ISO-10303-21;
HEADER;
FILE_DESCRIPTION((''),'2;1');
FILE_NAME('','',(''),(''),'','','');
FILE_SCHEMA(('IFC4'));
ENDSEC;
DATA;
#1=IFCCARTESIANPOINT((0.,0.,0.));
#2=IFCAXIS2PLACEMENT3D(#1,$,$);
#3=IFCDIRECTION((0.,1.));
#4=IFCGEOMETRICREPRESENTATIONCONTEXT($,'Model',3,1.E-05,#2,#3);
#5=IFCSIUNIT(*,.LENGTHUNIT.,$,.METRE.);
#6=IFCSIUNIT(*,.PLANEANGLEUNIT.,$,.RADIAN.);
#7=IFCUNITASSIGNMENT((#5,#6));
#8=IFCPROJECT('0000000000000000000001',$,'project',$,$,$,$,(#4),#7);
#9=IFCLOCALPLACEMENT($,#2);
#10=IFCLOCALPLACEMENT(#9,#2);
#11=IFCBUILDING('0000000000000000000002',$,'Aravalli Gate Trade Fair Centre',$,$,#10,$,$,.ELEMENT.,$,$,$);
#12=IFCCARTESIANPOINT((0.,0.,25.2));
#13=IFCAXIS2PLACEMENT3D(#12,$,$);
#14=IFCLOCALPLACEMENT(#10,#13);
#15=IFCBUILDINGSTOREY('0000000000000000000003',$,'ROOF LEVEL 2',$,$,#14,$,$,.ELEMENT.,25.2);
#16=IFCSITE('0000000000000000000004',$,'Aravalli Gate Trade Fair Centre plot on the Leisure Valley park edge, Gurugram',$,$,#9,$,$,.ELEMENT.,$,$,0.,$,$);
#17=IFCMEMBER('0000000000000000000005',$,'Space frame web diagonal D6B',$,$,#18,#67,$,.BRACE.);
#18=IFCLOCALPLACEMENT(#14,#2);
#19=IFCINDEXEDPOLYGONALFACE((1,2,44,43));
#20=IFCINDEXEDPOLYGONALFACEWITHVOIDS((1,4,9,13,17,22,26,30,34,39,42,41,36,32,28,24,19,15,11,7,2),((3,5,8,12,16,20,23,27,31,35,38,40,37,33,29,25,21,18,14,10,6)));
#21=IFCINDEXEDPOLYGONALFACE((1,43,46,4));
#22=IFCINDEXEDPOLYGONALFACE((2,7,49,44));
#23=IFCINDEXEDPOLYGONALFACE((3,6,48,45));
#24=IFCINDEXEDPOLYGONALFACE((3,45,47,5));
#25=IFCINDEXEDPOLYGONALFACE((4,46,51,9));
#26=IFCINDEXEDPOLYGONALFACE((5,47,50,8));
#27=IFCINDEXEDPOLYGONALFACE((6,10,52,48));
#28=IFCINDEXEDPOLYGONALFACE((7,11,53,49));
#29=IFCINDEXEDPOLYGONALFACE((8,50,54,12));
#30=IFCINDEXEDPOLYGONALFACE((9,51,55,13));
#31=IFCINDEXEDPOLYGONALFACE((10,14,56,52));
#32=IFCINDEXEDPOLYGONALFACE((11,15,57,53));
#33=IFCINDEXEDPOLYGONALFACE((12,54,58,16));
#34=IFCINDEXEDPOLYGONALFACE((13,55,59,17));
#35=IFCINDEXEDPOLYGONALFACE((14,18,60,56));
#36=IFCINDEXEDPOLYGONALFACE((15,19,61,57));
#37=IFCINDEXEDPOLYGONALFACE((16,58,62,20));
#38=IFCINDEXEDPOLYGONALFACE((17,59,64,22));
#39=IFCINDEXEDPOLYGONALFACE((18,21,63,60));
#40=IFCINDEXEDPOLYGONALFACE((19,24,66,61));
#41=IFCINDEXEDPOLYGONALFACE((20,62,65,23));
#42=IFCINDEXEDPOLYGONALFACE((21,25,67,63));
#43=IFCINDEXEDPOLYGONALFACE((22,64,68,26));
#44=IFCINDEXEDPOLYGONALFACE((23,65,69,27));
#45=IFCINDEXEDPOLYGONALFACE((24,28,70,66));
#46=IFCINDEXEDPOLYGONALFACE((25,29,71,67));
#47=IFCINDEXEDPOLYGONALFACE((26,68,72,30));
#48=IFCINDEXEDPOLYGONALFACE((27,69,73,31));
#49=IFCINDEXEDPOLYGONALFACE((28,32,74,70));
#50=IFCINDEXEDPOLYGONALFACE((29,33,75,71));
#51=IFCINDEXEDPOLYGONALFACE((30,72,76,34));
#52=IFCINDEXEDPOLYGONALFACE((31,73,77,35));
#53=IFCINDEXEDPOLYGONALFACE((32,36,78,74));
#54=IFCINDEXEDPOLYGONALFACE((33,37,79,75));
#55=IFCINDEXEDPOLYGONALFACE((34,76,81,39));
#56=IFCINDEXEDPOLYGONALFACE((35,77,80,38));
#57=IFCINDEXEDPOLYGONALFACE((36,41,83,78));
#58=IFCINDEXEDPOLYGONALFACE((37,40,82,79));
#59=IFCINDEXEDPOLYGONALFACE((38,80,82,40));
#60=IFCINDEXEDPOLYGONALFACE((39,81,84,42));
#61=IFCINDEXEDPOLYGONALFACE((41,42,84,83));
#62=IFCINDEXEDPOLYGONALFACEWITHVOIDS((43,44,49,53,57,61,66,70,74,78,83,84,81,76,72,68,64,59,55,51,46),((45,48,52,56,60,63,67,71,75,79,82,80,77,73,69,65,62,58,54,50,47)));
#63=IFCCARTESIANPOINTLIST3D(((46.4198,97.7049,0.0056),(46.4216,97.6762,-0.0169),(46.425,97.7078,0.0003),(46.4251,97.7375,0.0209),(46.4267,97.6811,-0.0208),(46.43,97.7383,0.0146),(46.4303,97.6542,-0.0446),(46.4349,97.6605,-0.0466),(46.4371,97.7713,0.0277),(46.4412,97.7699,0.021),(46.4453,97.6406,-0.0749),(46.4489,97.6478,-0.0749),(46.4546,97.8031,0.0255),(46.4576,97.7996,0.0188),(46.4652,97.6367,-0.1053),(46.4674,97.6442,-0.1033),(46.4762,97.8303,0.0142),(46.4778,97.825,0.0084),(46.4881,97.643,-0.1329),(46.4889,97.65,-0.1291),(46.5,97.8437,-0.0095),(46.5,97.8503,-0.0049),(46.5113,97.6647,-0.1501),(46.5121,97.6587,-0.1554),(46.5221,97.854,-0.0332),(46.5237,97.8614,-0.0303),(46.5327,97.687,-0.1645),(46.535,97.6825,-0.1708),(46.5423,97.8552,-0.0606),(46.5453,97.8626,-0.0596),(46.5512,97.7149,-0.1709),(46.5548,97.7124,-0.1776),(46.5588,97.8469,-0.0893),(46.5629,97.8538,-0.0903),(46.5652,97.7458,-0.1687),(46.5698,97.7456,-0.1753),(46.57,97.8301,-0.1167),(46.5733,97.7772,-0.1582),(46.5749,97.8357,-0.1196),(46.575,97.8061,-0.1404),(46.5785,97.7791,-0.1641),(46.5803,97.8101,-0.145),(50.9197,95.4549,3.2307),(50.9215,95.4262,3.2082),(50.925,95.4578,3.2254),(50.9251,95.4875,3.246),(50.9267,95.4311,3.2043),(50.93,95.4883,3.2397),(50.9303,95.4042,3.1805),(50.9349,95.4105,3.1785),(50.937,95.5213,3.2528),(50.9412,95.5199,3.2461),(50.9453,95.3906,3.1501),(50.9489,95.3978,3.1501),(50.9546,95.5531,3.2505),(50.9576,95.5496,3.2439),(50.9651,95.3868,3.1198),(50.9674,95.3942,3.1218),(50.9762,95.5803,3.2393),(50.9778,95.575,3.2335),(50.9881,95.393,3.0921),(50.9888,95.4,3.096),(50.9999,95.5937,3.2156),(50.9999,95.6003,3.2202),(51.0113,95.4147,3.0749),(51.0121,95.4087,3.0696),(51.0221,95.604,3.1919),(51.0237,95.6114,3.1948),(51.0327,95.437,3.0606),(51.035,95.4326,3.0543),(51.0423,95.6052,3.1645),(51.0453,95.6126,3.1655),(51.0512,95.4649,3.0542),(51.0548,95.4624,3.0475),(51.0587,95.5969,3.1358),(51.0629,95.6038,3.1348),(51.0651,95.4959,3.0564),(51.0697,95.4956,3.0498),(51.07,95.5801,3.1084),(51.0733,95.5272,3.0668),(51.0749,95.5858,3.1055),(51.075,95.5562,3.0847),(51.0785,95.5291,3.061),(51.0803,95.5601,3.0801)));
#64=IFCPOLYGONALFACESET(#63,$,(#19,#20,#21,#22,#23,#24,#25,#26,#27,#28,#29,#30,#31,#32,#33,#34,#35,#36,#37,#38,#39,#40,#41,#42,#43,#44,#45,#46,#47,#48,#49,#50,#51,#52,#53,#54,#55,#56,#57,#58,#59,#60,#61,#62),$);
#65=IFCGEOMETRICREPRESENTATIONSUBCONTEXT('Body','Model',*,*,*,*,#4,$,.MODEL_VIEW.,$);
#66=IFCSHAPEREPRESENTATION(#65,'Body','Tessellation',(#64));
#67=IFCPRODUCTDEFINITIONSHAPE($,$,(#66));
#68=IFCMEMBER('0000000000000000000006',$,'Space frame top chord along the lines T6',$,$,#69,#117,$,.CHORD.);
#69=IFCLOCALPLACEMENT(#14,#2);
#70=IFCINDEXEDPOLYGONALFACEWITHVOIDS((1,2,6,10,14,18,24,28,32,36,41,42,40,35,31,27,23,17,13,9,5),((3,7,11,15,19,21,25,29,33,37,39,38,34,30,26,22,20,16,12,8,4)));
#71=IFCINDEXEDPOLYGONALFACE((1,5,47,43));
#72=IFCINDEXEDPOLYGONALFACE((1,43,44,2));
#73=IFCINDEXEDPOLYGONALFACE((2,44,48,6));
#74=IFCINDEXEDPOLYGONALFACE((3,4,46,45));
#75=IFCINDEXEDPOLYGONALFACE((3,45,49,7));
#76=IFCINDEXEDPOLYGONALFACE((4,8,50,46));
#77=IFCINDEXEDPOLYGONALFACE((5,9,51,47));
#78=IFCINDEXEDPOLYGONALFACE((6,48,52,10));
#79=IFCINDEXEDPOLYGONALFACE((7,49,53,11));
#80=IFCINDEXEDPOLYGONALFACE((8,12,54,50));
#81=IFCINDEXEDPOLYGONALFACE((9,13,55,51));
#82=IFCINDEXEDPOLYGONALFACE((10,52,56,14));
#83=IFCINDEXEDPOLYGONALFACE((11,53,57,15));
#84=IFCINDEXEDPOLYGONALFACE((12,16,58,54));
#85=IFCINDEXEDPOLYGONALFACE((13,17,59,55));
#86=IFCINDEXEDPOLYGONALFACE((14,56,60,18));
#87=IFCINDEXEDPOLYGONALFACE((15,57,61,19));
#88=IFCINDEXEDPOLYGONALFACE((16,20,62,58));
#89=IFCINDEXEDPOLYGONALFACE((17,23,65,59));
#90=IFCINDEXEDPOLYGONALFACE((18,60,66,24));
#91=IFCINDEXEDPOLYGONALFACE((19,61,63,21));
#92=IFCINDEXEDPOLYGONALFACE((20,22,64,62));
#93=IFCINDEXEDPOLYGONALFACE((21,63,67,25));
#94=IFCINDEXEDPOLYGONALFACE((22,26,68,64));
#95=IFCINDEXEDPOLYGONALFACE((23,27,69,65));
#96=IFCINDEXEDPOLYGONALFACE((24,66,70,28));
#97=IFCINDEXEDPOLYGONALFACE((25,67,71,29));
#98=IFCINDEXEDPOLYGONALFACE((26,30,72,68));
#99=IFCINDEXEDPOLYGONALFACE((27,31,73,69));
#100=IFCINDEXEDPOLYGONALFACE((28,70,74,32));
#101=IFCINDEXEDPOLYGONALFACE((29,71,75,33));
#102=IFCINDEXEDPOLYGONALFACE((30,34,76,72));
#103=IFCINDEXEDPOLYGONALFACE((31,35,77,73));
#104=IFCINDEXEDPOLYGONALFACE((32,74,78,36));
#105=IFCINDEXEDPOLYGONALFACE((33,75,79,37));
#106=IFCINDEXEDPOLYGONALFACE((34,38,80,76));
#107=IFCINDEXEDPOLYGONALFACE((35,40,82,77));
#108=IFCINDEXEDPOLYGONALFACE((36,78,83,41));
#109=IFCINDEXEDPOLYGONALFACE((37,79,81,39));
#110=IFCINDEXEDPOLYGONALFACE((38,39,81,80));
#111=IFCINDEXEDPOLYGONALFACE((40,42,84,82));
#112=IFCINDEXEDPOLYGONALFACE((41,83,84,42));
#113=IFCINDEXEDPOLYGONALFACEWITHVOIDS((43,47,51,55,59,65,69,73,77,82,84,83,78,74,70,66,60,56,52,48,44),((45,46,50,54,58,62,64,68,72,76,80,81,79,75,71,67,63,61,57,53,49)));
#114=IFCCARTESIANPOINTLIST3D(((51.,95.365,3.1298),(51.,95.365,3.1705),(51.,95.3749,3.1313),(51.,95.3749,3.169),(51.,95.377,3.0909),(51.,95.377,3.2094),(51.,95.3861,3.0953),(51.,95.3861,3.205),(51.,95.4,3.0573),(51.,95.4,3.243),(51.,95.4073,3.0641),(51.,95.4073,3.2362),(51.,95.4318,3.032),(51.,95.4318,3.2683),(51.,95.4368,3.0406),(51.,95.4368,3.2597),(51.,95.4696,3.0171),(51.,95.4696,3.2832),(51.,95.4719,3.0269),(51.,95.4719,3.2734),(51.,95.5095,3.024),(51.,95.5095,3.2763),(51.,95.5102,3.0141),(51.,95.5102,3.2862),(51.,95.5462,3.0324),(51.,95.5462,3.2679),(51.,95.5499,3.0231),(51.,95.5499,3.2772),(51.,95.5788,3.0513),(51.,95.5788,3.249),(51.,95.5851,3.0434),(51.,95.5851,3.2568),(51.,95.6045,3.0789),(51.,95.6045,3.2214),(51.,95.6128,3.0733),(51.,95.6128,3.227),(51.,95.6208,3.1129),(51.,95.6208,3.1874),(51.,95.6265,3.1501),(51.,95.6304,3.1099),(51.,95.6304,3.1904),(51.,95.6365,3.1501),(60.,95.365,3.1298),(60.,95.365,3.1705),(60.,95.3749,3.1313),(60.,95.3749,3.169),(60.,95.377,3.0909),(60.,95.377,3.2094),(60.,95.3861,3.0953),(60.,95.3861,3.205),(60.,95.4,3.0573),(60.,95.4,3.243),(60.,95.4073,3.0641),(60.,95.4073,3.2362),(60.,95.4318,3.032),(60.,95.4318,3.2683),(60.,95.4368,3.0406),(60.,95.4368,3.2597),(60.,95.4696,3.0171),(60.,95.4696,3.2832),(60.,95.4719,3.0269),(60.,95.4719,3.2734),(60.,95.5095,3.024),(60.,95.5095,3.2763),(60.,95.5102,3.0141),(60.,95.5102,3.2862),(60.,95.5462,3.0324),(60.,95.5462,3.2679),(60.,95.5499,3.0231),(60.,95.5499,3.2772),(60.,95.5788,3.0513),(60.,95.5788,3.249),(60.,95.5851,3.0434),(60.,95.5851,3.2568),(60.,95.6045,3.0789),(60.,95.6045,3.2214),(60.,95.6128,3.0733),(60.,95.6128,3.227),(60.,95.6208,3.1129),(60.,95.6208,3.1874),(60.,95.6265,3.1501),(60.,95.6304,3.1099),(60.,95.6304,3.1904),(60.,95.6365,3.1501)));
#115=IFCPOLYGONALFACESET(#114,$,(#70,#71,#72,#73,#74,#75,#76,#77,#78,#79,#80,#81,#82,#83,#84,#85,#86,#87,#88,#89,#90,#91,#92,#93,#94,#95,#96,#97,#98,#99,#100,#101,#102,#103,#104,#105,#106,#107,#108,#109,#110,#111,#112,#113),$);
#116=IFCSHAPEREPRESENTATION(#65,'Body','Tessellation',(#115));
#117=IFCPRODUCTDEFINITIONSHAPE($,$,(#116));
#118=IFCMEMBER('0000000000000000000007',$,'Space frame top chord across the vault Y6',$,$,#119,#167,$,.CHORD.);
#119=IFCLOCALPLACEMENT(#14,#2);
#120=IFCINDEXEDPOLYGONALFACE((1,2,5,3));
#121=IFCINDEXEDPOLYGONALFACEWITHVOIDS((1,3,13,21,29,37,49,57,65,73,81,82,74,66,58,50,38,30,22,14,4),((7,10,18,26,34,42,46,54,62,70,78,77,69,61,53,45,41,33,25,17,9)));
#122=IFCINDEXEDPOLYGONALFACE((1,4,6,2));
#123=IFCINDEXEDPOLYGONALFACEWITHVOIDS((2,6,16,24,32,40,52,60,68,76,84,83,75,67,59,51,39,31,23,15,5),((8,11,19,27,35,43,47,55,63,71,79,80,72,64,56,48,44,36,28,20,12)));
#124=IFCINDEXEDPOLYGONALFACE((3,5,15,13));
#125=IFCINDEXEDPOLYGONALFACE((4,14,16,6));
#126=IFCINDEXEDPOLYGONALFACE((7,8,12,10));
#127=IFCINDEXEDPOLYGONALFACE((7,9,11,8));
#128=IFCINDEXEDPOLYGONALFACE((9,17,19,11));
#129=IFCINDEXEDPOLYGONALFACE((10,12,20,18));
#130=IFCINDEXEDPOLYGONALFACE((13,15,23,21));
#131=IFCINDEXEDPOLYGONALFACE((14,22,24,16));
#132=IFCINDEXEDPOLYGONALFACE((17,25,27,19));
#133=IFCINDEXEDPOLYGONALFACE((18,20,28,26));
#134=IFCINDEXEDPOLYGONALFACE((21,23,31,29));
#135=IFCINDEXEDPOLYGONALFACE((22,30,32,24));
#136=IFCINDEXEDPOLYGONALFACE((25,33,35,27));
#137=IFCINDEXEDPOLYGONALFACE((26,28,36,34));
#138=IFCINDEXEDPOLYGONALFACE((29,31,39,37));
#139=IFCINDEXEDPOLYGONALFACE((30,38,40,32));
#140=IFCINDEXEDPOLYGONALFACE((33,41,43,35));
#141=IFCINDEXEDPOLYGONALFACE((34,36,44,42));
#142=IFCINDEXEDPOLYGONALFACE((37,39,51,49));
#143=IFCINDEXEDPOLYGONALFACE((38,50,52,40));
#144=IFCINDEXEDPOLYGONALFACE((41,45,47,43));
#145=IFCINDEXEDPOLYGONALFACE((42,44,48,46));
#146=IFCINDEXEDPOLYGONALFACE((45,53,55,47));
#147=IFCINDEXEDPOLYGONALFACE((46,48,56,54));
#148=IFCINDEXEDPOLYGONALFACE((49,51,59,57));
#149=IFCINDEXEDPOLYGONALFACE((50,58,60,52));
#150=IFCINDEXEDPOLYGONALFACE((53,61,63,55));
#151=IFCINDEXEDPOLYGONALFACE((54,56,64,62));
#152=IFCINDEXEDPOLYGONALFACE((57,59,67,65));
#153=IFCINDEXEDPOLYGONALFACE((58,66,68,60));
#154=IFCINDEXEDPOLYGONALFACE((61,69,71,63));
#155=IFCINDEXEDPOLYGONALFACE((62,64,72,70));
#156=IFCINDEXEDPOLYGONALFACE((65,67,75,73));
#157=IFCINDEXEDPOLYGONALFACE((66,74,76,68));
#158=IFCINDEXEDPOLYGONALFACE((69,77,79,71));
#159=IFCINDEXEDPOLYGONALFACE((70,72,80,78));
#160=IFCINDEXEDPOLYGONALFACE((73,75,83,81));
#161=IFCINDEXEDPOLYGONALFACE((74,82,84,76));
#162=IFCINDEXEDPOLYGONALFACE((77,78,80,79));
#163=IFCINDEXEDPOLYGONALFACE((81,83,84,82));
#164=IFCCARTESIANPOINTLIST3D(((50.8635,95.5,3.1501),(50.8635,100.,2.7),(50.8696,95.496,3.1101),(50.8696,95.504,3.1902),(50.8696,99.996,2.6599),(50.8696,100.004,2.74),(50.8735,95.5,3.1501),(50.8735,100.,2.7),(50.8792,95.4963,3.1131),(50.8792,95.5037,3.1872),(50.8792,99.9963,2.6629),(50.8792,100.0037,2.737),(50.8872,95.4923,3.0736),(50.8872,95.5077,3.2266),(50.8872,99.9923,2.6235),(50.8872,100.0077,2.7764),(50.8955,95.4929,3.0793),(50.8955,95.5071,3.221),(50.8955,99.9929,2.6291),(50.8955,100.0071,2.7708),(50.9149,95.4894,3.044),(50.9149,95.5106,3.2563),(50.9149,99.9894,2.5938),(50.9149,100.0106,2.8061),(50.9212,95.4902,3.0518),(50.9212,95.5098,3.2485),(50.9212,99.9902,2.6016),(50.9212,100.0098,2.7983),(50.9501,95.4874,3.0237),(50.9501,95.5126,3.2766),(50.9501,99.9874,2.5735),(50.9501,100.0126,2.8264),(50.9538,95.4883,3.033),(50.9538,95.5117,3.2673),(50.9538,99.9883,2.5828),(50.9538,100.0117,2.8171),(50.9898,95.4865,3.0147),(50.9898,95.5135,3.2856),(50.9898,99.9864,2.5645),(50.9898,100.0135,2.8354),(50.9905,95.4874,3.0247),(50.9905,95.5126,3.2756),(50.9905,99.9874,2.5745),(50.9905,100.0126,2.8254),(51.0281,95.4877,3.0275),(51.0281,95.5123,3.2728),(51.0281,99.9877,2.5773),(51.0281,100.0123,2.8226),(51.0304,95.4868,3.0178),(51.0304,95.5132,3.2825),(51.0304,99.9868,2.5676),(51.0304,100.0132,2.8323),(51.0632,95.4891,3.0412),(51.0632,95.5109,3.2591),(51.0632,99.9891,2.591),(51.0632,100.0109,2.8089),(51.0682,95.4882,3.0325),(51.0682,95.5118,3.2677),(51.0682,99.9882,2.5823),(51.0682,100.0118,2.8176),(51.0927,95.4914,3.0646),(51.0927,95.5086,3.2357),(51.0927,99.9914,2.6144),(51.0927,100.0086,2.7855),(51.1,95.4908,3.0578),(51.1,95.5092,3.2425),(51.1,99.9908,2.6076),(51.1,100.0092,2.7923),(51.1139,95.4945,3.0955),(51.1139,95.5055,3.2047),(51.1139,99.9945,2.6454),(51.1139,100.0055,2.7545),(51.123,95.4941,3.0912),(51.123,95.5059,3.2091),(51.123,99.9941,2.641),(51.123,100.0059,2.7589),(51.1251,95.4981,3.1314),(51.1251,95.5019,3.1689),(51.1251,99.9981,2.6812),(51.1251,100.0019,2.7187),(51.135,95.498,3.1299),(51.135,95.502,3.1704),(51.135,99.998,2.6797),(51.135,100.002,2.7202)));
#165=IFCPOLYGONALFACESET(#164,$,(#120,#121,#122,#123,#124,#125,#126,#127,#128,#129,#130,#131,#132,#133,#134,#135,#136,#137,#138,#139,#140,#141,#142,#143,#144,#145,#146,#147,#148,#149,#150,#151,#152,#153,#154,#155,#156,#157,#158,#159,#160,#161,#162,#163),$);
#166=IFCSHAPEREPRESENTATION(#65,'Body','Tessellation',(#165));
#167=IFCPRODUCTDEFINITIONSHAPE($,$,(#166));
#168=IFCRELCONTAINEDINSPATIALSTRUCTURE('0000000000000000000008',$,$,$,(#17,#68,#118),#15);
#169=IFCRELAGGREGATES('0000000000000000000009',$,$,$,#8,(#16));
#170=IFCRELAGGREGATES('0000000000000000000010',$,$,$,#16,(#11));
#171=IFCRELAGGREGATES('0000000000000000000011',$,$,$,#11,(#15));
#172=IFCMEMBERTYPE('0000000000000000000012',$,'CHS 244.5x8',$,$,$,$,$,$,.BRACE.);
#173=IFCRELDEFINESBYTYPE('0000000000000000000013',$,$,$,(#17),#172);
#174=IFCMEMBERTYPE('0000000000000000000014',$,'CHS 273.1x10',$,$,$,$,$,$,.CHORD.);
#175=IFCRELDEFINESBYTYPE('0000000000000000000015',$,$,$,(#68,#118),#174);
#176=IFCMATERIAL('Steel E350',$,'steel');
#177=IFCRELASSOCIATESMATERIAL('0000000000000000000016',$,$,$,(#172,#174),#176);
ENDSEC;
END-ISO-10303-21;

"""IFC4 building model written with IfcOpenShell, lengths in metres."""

from ifc_helpers import new_model, si_unit, direction, frame, origin, origin_2d, place, context, subcontext, project, spatial, hollow_circle, extrude, material, material_profile, profile_set, type_object, element, save


model = new_model("IFC4")

# Units and contexts
model_context = context("Model", 3, precision=1e-05, world=origin(), true_north=direction((0.0, 1.0)))
body_context = subcontext(model_context, "Body", "Model", "MODEL_VIEW")
ifc_project = project(units=[si_unit("LENGTHUNIT", "METRE"), si_unit("PLANEANGLEUNIT", "RADIAN")], contexts=[model_context])

# Site, building, storey
site_placement = place(None, origin())
site = spatial("IfcSite", under=ifc_project, at=site_placement, Name="Aravalli Gate Trade Fair Centre plot on the Leisure Valley park edge, Gurugram", CompositionType="ELEMENT", RefElevation=0.0)
building_placement = place(site_placement, origin())
building = spatial("IfcBuilding", under=site, at=building_placement, Name="Aravalli Gate Trade Fair Centre", CompositionType="ELEMENT")
storey_placement = place(building_placement, frame((0.0, 0.0, 25.2)))
storey = spatial("IfcBuildingStorey", under=building, at=storey_placement, Name="ROOF LEVEL 2", CompositionType="ELEMENT", Elevation=25.2)

# Members
ifc_material_1 = material(Name="Steel E350", Category="steel")
ifc_material_profile_1 = material_profile(ifc_material_1, hollow_circle(Radius=0.1223, WallThickness=0.0081, at=origin_2d()), Name="CHS 244.5x8")
ifc_profile_set_1 = profile_set([ifc_material_profile_1], Name="Steel E350")
member_type_1 = type_object("IfcMemberType", Name="CHS 244.5x8", PredefinedType="BRACE", material=ifc_profile_set_1)
for number, where, z_axis, x_axis, name in (
    (1, (51.0, 95.5, 3.1501), (-0.753, 0.3765, -0.539666), (-0.447214, -0.894427, 0.0), "Space frame web diagonal D6B"),
):
    element("IfcMember", number, at=place(storey_placement, frame(where, z_axis=z_axis, x_axis=x_axis)), inside=storey, type_object=member_type_1, Name=name, PredefinedType="BRACE", context=body_context, shape_type="SweptSolid", body=[
        extrude(hollow_circle(Radius=0.1223, WallThickness=0.0081, at=origin_2d()), origin(), (0.0, 0.0, 1.0), 5.9761),
    ])
ifc_material_profile_2 = material_profile(ifc_material_1, hollow_circle(Radius=0.1365, WallThickness=0.01, at=origin_2d()), Name="CHS 273.1x10")
ifc_profile_set_2 = profile_set([ifc_material_profile_2], Name="Steel E350")
member_type_2 = type_object("IfcMemberType", Name="CHS 273.1x10", PredefinedType="CHORD", material=ifc_profile_set_2)
member_1_placement = place(storey_placement, frame((51.0, 95.5, 3.1501), z_axis=(1.0, 0.0, 0.0), x_axis=(0.0, 1.0, 0.0)))
element("IfcMember", 2, at=member_1_placement, inside=storey, type_object=member_type_2, Name="Space frame top chord along the lines T6", PredefinedType="CHORD", context=body_context, shape_type="SweptSolid", body=[
    extrude(hollow_circle(Radius=0.1365, WallThickness=0.01, at=origin_2d()), origin(), (0.0, 0.0, 1.0), 9.0),
])
member_2_placement = place(storey_placement, frame((51.0, 95.5, 3.1501), z_axis=(0.0, 0.995033, -0.099546), x_axis=(-1.0, 0.0, 0.0)))
element("IfcMember", 3, at=member_2_placement, inside=storey, type_object=member_type_2, Name="Space frame top chord across the vault Y6", PredefinedType="CHORD", context=body_context, shape_type="SweptSolid", body=[
    extrude(hollow_circle(Radius=0.1365, WallThickness=0.01, at=origin_2d()), origin(), (0.0, 0.0, 1.0), 4.5225),
])

save(model, "model.ifc")
